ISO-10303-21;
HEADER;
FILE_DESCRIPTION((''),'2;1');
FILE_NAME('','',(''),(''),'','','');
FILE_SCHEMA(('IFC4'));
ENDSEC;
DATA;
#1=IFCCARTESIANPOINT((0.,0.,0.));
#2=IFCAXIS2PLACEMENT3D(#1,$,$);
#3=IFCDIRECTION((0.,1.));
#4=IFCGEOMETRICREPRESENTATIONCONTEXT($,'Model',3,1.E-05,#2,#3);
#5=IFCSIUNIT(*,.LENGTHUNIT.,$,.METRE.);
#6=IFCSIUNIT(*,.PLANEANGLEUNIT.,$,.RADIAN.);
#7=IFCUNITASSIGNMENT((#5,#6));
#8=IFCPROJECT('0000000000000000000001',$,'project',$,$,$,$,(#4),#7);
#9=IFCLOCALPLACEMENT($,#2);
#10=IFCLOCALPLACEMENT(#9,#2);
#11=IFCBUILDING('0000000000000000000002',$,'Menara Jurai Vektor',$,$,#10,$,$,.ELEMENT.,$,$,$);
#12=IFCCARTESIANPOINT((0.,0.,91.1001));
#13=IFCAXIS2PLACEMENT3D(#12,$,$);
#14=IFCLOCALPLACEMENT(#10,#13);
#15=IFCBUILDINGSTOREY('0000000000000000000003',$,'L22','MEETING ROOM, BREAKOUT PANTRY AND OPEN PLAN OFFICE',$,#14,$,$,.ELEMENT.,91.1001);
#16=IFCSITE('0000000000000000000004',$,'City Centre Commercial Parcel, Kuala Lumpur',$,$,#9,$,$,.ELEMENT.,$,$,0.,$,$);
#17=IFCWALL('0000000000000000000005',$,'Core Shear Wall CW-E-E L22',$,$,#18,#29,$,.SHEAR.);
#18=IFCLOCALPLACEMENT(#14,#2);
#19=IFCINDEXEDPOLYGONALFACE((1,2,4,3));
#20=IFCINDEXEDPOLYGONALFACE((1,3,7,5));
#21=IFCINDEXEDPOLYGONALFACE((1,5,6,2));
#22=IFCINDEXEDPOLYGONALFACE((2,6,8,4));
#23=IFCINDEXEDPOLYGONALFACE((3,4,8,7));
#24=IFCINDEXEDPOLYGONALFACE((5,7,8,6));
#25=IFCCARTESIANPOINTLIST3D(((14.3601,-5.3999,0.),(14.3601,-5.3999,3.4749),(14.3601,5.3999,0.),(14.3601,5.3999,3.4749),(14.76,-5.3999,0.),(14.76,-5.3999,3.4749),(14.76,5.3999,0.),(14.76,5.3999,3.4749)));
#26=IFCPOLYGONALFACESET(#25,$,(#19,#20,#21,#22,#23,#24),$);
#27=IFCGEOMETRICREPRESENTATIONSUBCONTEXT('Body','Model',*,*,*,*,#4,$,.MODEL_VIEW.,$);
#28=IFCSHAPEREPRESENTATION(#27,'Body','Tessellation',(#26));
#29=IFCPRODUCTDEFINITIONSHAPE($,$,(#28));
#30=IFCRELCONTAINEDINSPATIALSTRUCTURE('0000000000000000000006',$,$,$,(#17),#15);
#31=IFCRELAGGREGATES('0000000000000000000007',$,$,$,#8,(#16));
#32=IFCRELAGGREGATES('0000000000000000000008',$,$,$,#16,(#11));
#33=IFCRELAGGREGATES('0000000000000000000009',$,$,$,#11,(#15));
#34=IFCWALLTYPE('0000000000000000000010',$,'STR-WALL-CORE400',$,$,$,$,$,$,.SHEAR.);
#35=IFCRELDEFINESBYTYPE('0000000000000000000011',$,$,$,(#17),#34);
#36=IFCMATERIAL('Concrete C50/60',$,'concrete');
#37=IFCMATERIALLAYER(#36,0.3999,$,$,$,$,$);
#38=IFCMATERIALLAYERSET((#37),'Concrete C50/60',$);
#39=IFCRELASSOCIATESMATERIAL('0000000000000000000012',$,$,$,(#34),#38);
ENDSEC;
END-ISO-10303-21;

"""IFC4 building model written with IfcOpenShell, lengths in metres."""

from ifc_helpers import new_model, si_unit, direction, frame, frame_2d, origin, place, context, subcontext, project, spatial, rectangle, extrude, material, layer, layer_set, type_object, element, save


model = new_model("IFC4")

# Units and contexts
model_context = context("Model", 3, precision=1e-05, world=origin(), true_north=direction((0.0, 1.0)))
body_context = subcontext(model_context, "Body", "Model", "MODEL_VIEW")
ifc_project = project(units=[si_unit("LENGTHUNIT", "METRE"), si_unit("PLANEANGLEUNIT", "RADIAN")], contexts=[model_context])

# Site, building, storey
site_placement = place(None, origin())
site = spatial("IfcSite", under=ifc_project, at=site_placement, Name="City Centre Commercial Parcel, Kuala Lumpur", CompositionType="ELEMENT", RefElevation=0.0)
building_placement = place(site_placement, origin())
building = spatial("IfcBuilding", under=site, at=building_placement, Name="Menara Jurai Vektor", CompositionType="ELEMENT")
storey_placement = place(building_placement, frame((0.0, 0.0, 91.1001)))
storey = spatial("IfcBuildingStorey", under=building, at=storey_placement, Name="L22", Description="MEETING ROOM, BREAKOUT PANTRY AND OPEN PLAN OFFICE", CompositionType="ELEMENT", Elevation=91.1001)

# Shared definitions
ifc_material_1 = material(Name="Concrete C50/60", Category="concrete")

# Wall
ifc_layer_1 = layer(ifc_material_1, 0.3999)
ifc_layer_set_1 = layer_set([ifc_layer_1], Name="Concrete C50/60")
wall_type_1 = type_object("IfcWallType", Name="STR-WALL-CORE400", PredefinedType="SHEAR", material=ifc_layer_set_1)
wall_1_placement = place(storey_placement, frame((14.5601, -5.3999, 0.0), z_axis=(0.0, 0.0, 1.0), x_axis=(0.0, 1.0, 0.0)))
element("IfcWall", 1, at=wall_1_placement, inside=storey, type_object=wall_type_1, Name="Core Shear Wall CW-E-E L22", PredefinedType="SHEAR", context=body_context, shape_type="SweptSolid", body=[
    extrude(rectangle(XDim=10.7998, YDim=0.3999, at=frame_2d((5.3999, 0.0))), origin(), (0.0, 0.0, 1.0), 3.4749),
])

save(model, "model.ifc")
